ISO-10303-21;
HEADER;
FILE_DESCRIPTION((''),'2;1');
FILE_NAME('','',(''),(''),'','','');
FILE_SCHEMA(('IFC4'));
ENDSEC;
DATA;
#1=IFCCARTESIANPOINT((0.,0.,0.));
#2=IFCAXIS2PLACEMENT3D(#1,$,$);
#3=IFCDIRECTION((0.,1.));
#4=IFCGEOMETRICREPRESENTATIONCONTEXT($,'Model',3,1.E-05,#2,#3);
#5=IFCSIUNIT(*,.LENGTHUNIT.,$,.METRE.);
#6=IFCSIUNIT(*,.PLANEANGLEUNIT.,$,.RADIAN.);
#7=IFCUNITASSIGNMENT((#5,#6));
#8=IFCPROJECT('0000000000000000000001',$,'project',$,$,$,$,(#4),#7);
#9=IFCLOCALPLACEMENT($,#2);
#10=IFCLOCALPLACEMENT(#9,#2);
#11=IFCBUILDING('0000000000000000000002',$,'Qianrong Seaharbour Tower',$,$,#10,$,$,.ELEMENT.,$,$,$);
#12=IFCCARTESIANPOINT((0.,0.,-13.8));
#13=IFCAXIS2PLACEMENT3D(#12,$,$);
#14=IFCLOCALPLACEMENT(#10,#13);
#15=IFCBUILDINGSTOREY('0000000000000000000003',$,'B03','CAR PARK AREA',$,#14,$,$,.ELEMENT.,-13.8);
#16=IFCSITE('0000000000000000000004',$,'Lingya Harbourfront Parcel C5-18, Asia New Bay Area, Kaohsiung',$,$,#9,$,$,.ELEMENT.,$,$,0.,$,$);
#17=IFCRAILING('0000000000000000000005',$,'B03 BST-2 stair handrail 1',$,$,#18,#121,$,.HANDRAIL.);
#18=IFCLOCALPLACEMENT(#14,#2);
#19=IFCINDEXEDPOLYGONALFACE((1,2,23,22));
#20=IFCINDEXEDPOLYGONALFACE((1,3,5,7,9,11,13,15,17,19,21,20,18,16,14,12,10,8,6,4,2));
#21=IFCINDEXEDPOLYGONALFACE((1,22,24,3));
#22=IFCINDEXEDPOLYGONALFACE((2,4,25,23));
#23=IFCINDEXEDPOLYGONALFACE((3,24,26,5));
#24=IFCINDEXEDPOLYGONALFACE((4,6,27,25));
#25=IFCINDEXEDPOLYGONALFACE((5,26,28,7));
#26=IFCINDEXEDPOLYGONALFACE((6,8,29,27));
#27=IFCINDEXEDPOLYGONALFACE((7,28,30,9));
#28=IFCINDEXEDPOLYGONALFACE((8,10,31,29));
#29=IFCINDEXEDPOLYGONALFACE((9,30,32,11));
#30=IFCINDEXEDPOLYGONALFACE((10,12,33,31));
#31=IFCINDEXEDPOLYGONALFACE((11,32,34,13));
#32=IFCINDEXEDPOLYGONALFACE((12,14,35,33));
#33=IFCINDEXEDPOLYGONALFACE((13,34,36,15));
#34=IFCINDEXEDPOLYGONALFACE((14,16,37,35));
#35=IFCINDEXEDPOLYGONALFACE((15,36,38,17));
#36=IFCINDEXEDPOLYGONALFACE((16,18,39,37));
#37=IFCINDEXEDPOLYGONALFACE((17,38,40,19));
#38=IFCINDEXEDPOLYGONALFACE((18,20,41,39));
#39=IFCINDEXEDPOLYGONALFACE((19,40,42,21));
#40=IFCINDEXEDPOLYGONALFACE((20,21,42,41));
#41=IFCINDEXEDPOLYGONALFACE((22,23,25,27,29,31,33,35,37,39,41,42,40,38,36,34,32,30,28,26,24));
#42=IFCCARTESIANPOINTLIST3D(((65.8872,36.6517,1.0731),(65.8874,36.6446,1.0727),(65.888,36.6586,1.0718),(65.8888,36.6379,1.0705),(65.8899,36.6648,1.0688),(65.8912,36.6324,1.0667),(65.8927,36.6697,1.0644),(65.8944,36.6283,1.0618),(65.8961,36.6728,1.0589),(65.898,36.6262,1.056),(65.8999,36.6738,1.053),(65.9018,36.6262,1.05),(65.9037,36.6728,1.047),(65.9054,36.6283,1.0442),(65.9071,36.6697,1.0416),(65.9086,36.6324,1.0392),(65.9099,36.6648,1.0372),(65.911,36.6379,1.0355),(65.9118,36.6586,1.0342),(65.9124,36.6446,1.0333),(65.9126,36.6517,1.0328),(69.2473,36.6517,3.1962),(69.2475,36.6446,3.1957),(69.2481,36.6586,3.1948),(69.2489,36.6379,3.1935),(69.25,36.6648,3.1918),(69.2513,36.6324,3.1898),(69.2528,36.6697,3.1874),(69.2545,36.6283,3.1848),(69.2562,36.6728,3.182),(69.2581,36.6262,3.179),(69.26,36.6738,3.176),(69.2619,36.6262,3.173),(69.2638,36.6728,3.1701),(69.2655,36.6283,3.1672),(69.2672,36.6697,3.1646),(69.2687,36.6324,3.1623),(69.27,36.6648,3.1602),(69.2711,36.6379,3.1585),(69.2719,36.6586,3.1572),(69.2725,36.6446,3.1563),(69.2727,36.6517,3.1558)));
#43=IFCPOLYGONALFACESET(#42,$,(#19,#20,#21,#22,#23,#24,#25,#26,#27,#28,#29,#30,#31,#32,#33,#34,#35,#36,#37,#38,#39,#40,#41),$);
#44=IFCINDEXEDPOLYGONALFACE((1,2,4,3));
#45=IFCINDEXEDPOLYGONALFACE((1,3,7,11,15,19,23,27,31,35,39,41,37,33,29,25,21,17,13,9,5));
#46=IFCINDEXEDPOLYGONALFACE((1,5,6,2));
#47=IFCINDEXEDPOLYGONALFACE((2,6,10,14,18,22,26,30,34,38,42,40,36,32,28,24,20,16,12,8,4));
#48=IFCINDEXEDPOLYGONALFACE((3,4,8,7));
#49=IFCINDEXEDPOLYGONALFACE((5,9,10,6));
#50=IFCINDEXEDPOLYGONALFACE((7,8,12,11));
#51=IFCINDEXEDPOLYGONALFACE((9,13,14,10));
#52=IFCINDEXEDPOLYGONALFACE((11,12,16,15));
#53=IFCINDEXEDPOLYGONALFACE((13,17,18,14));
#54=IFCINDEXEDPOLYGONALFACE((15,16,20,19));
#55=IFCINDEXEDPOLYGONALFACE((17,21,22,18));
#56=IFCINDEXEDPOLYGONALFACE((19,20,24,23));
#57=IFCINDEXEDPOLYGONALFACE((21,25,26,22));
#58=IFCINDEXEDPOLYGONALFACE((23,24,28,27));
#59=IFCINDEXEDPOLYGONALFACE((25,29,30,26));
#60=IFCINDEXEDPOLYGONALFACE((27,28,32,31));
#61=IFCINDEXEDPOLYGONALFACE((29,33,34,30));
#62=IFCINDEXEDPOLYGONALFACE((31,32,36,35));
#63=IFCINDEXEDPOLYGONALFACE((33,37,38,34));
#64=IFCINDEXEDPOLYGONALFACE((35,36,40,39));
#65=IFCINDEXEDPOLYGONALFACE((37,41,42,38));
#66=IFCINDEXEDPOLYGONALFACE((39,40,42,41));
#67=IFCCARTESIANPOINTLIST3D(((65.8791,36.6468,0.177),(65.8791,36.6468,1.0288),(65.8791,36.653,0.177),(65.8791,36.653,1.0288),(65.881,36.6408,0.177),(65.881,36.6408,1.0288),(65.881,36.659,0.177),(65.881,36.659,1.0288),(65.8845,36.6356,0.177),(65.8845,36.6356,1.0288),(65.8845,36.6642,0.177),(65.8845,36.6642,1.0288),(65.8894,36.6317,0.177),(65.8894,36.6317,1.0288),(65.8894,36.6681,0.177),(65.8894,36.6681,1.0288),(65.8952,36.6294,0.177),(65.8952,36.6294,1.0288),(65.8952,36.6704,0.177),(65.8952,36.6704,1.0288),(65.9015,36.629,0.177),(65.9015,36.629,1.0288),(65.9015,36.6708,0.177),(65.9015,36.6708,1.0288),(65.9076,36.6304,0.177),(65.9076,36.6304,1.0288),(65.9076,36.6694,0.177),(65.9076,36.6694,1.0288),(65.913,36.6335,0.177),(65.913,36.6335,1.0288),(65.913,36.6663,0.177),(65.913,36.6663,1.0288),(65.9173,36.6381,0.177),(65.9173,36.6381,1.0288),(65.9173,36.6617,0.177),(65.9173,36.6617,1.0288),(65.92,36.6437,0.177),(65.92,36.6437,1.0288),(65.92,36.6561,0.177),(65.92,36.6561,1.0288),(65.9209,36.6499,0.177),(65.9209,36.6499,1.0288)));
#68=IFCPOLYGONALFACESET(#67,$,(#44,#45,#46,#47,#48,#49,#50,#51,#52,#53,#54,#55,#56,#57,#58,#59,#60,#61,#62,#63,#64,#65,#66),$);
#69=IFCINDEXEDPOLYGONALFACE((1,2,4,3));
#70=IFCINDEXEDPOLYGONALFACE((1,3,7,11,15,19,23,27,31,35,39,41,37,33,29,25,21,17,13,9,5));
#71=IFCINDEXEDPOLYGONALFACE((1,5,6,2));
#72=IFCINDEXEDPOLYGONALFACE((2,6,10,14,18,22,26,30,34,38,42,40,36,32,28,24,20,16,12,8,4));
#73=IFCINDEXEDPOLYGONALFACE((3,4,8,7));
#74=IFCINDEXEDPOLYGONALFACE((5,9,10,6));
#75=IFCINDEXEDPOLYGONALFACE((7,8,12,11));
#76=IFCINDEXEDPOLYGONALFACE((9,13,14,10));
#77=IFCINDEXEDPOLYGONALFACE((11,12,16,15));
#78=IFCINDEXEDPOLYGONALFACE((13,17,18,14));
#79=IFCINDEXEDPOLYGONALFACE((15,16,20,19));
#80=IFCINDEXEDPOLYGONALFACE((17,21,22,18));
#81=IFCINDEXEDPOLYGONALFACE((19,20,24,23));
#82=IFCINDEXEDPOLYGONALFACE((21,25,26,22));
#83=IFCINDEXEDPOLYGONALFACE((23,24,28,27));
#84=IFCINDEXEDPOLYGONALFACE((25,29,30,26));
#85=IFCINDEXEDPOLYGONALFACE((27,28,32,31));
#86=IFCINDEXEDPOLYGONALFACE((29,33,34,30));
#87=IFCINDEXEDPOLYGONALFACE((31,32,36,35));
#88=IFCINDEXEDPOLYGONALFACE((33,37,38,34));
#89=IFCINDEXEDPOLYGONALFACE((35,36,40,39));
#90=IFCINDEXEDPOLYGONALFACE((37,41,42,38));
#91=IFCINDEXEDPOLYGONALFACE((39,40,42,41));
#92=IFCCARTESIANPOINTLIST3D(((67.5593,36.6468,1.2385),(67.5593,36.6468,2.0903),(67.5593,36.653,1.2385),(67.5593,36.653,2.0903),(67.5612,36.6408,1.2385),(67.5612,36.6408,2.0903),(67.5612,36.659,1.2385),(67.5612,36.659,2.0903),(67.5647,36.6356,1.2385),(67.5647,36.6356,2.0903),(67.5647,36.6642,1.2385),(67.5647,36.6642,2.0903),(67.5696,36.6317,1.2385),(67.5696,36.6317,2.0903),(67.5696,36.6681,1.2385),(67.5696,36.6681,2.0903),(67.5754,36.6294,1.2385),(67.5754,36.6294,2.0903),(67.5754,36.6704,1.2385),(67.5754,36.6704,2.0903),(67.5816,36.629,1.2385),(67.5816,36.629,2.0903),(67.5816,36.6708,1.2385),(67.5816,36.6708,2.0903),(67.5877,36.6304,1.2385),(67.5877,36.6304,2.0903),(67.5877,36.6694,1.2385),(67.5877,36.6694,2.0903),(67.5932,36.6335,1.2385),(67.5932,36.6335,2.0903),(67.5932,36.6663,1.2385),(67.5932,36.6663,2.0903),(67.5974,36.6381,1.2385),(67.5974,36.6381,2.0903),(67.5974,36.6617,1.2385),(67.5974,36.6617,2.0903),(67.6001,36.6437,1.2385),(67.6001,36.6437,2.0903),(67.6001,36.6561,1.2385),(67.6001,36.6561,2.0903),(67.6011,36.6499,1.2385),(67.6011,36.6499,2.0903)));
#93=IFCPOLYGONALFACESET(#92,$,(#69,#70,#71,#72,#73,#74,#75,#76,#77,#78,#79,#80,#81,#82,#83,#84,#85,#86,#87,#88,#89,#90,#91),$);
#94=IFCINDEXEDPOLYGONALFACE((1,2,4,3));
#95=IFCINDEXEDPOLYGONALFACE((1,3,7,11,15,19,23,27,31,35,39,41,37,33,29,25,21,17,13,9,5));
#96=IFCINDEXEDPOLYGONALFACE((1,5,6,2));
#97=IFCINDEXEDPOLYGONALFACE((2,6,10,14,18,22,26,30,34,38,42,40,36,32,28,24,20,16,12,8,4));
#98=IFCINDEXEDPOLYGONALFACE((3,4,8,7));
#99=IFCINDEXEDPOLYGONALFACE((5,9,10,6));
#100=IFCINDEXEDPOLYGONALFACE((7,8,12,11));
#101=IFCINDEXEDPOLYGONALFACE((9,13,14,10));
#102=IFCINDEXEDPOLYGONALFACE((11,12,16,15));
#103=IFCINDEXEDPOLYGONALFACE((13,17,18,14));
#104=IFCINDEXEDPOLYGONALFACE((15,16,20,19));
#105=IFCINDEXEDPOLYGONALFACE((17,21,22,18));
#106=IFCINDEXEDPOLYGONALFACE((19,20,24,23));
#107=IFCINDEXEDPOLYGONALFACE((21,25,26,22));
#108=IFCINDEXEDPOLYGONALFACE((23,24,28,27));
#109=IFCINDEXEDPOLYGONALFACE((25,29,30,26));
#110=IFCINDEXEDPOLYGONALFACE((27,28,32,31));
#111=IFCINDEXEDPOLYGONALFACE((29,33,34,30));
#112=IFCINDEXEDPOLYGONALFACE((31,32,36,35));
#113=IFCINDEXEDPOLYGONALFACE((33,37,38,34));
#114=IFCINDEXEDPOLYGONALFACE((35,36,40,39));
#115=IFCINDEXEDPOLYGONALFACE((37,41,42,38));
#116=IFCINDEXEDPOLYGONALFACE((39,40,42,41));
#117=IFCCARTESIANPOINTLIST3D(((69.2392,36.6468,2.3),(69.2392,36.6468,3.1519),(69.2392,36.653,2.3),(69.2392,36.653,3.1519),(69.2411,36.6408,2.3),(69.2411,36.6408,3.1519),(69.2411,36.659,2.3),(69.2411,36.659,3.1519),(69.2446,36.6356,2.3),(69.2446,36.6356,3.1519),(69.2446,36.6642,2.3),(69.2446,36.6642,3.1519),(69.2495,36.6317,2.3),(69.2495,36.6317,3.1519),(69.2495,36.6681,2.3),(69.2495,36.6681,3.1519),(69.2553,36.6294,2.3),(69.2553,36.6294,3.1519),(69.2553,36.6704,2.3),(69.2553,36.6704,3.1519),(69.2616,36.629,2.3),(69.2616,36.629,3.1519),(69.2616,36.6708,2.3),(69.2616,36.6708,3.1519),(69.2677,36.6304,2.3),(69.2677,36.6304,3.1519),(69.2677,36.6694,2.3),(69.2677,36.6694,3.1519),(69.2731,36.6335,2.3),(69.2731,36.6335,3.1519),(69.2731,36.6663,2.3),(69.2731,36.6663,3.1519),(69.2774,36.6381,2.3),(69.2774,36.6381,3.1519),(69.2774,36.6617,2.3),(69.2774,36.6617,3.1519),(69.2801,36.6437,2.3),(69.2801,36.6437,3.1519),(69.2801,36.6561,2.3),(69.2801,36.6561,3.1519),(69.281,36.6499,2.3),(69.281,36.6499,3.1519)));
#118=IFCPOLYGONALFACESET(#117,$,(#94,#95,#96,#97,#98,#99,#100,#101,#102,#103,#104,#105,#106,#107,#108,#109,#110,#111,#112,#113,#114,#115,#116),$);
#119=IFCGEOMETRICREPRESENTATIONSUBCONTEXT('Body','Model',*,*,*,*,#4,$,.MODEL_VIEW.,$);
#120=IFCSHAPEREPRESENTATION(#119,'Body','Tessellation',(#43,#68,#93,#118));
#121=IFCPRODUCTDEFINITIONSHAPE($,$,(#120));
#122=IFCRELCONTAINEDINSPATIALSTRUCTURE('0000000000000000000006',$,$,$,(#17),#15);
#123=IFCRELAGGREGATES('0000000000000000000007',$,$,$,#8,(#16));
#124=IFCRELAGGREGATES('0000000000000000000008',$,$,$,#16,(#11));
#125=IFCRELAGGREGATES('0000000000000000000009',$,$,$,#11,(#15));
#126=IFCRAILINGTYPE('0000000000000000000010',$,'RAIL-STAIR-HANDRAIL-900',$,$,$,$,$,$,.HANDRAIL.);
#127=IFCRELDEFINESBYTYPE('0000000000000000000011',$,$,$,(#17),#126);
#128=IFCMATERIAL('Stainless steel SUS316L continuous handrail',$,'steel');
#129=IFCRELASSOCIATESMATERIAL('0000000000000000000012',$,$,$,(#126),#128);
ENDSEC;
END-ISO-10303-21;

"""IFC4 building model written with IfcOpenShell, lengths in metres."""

from ifc_helpers import new_model, si_unit, direction, frame, origin, origin_2d, place, context, subcontext, project, spatial, circle, extrude, material, type_object, element, save


model = new_model("IFC4")

# Units and contexts
model_context = context("Model", 3, precision=1e-05, world=origin(), true_north=direction((0.0, 1.0)))
body_context = subcontext(model_context, "Body", "Model", "MODEL_VIEW")
ifc_project = project(units=[si_unit("LENGTHUNIT", "METRE"), si_unit("PLANEANGLEUNIT", "RADIAN")], contexts=[model_context])

# Site, building, storey
site_placement = place(None, origin())
site = spatial("IfcSite", under=ifc_project, at=site_placement, Name="Lingya Harbourfront Parcel C5-18, Asia New Bay Area, Kaohsiung", CompositionType="ELEMENT", RefElevation=0.0)
building_placement = place(site_placement, origin())
building = spatial("IfcBuilding", under=site, at=building_placement, Name="Qianrong Seaharbour Tower", CompositionType="ELEMENT")
storey_placement = place(building_placement, frame((0.0, 0.0, -13.8)))
storey = spatial("IfcBuildingStorey", under=building, at=storey_placement, Name="B03", Description="CAR PARK AREA", CompositionType="ELEMENT", Elevation=-13.8)

# Railing
ifc_material_1 = material(Name="Stainless steel SUS316L continuous handrail", Category="steel")
railing_type_1 = type_object("IfcRailingType", Name="RAIL-STAIR-HANDRAIL-900", PredefinedType="HANDRAIL", material=ifc_material_1)
railing_1_placement = place(storey_placement, frame((65.8999, 36.6499, 0.177)))
element("IfcRailing", 1, at=railing_1_placement, inside=storey, type_object=railing_type_1, Name="B03 BST-2 stair handrail 1", PredefinedType="HANDRAIL", context=body_context, shape_type="SweptSolid", body=[
    extrude(circle(Radius=0.0239, at=origin_2d()), frame((0.0, 0.0, 0.876), z_axis=(0.84539, 0.0, 0.53415), x_axis=(0.0, 1.0, 0.0)), (0.0, 0.0, 1.0), 3.9746),
    extrude(circle(Radius=0.021, at=origin_2d()), origin(), (0.0, 0.0, 1.0), 0.8518),
    extrude(circle(Radius=0.021, at=origin_2d()), frame((1.6802, 0.0, 1.0615)), (0.0, 0.0, 1.0), 0.8518),
    extrude(circle(Radius=0.021, at=origin_2d()), frame((3.3601, 0.0, 2.123)), (0.0, 0.0, 1.0), 0.8518),
])

save(model, "model.ifc")
